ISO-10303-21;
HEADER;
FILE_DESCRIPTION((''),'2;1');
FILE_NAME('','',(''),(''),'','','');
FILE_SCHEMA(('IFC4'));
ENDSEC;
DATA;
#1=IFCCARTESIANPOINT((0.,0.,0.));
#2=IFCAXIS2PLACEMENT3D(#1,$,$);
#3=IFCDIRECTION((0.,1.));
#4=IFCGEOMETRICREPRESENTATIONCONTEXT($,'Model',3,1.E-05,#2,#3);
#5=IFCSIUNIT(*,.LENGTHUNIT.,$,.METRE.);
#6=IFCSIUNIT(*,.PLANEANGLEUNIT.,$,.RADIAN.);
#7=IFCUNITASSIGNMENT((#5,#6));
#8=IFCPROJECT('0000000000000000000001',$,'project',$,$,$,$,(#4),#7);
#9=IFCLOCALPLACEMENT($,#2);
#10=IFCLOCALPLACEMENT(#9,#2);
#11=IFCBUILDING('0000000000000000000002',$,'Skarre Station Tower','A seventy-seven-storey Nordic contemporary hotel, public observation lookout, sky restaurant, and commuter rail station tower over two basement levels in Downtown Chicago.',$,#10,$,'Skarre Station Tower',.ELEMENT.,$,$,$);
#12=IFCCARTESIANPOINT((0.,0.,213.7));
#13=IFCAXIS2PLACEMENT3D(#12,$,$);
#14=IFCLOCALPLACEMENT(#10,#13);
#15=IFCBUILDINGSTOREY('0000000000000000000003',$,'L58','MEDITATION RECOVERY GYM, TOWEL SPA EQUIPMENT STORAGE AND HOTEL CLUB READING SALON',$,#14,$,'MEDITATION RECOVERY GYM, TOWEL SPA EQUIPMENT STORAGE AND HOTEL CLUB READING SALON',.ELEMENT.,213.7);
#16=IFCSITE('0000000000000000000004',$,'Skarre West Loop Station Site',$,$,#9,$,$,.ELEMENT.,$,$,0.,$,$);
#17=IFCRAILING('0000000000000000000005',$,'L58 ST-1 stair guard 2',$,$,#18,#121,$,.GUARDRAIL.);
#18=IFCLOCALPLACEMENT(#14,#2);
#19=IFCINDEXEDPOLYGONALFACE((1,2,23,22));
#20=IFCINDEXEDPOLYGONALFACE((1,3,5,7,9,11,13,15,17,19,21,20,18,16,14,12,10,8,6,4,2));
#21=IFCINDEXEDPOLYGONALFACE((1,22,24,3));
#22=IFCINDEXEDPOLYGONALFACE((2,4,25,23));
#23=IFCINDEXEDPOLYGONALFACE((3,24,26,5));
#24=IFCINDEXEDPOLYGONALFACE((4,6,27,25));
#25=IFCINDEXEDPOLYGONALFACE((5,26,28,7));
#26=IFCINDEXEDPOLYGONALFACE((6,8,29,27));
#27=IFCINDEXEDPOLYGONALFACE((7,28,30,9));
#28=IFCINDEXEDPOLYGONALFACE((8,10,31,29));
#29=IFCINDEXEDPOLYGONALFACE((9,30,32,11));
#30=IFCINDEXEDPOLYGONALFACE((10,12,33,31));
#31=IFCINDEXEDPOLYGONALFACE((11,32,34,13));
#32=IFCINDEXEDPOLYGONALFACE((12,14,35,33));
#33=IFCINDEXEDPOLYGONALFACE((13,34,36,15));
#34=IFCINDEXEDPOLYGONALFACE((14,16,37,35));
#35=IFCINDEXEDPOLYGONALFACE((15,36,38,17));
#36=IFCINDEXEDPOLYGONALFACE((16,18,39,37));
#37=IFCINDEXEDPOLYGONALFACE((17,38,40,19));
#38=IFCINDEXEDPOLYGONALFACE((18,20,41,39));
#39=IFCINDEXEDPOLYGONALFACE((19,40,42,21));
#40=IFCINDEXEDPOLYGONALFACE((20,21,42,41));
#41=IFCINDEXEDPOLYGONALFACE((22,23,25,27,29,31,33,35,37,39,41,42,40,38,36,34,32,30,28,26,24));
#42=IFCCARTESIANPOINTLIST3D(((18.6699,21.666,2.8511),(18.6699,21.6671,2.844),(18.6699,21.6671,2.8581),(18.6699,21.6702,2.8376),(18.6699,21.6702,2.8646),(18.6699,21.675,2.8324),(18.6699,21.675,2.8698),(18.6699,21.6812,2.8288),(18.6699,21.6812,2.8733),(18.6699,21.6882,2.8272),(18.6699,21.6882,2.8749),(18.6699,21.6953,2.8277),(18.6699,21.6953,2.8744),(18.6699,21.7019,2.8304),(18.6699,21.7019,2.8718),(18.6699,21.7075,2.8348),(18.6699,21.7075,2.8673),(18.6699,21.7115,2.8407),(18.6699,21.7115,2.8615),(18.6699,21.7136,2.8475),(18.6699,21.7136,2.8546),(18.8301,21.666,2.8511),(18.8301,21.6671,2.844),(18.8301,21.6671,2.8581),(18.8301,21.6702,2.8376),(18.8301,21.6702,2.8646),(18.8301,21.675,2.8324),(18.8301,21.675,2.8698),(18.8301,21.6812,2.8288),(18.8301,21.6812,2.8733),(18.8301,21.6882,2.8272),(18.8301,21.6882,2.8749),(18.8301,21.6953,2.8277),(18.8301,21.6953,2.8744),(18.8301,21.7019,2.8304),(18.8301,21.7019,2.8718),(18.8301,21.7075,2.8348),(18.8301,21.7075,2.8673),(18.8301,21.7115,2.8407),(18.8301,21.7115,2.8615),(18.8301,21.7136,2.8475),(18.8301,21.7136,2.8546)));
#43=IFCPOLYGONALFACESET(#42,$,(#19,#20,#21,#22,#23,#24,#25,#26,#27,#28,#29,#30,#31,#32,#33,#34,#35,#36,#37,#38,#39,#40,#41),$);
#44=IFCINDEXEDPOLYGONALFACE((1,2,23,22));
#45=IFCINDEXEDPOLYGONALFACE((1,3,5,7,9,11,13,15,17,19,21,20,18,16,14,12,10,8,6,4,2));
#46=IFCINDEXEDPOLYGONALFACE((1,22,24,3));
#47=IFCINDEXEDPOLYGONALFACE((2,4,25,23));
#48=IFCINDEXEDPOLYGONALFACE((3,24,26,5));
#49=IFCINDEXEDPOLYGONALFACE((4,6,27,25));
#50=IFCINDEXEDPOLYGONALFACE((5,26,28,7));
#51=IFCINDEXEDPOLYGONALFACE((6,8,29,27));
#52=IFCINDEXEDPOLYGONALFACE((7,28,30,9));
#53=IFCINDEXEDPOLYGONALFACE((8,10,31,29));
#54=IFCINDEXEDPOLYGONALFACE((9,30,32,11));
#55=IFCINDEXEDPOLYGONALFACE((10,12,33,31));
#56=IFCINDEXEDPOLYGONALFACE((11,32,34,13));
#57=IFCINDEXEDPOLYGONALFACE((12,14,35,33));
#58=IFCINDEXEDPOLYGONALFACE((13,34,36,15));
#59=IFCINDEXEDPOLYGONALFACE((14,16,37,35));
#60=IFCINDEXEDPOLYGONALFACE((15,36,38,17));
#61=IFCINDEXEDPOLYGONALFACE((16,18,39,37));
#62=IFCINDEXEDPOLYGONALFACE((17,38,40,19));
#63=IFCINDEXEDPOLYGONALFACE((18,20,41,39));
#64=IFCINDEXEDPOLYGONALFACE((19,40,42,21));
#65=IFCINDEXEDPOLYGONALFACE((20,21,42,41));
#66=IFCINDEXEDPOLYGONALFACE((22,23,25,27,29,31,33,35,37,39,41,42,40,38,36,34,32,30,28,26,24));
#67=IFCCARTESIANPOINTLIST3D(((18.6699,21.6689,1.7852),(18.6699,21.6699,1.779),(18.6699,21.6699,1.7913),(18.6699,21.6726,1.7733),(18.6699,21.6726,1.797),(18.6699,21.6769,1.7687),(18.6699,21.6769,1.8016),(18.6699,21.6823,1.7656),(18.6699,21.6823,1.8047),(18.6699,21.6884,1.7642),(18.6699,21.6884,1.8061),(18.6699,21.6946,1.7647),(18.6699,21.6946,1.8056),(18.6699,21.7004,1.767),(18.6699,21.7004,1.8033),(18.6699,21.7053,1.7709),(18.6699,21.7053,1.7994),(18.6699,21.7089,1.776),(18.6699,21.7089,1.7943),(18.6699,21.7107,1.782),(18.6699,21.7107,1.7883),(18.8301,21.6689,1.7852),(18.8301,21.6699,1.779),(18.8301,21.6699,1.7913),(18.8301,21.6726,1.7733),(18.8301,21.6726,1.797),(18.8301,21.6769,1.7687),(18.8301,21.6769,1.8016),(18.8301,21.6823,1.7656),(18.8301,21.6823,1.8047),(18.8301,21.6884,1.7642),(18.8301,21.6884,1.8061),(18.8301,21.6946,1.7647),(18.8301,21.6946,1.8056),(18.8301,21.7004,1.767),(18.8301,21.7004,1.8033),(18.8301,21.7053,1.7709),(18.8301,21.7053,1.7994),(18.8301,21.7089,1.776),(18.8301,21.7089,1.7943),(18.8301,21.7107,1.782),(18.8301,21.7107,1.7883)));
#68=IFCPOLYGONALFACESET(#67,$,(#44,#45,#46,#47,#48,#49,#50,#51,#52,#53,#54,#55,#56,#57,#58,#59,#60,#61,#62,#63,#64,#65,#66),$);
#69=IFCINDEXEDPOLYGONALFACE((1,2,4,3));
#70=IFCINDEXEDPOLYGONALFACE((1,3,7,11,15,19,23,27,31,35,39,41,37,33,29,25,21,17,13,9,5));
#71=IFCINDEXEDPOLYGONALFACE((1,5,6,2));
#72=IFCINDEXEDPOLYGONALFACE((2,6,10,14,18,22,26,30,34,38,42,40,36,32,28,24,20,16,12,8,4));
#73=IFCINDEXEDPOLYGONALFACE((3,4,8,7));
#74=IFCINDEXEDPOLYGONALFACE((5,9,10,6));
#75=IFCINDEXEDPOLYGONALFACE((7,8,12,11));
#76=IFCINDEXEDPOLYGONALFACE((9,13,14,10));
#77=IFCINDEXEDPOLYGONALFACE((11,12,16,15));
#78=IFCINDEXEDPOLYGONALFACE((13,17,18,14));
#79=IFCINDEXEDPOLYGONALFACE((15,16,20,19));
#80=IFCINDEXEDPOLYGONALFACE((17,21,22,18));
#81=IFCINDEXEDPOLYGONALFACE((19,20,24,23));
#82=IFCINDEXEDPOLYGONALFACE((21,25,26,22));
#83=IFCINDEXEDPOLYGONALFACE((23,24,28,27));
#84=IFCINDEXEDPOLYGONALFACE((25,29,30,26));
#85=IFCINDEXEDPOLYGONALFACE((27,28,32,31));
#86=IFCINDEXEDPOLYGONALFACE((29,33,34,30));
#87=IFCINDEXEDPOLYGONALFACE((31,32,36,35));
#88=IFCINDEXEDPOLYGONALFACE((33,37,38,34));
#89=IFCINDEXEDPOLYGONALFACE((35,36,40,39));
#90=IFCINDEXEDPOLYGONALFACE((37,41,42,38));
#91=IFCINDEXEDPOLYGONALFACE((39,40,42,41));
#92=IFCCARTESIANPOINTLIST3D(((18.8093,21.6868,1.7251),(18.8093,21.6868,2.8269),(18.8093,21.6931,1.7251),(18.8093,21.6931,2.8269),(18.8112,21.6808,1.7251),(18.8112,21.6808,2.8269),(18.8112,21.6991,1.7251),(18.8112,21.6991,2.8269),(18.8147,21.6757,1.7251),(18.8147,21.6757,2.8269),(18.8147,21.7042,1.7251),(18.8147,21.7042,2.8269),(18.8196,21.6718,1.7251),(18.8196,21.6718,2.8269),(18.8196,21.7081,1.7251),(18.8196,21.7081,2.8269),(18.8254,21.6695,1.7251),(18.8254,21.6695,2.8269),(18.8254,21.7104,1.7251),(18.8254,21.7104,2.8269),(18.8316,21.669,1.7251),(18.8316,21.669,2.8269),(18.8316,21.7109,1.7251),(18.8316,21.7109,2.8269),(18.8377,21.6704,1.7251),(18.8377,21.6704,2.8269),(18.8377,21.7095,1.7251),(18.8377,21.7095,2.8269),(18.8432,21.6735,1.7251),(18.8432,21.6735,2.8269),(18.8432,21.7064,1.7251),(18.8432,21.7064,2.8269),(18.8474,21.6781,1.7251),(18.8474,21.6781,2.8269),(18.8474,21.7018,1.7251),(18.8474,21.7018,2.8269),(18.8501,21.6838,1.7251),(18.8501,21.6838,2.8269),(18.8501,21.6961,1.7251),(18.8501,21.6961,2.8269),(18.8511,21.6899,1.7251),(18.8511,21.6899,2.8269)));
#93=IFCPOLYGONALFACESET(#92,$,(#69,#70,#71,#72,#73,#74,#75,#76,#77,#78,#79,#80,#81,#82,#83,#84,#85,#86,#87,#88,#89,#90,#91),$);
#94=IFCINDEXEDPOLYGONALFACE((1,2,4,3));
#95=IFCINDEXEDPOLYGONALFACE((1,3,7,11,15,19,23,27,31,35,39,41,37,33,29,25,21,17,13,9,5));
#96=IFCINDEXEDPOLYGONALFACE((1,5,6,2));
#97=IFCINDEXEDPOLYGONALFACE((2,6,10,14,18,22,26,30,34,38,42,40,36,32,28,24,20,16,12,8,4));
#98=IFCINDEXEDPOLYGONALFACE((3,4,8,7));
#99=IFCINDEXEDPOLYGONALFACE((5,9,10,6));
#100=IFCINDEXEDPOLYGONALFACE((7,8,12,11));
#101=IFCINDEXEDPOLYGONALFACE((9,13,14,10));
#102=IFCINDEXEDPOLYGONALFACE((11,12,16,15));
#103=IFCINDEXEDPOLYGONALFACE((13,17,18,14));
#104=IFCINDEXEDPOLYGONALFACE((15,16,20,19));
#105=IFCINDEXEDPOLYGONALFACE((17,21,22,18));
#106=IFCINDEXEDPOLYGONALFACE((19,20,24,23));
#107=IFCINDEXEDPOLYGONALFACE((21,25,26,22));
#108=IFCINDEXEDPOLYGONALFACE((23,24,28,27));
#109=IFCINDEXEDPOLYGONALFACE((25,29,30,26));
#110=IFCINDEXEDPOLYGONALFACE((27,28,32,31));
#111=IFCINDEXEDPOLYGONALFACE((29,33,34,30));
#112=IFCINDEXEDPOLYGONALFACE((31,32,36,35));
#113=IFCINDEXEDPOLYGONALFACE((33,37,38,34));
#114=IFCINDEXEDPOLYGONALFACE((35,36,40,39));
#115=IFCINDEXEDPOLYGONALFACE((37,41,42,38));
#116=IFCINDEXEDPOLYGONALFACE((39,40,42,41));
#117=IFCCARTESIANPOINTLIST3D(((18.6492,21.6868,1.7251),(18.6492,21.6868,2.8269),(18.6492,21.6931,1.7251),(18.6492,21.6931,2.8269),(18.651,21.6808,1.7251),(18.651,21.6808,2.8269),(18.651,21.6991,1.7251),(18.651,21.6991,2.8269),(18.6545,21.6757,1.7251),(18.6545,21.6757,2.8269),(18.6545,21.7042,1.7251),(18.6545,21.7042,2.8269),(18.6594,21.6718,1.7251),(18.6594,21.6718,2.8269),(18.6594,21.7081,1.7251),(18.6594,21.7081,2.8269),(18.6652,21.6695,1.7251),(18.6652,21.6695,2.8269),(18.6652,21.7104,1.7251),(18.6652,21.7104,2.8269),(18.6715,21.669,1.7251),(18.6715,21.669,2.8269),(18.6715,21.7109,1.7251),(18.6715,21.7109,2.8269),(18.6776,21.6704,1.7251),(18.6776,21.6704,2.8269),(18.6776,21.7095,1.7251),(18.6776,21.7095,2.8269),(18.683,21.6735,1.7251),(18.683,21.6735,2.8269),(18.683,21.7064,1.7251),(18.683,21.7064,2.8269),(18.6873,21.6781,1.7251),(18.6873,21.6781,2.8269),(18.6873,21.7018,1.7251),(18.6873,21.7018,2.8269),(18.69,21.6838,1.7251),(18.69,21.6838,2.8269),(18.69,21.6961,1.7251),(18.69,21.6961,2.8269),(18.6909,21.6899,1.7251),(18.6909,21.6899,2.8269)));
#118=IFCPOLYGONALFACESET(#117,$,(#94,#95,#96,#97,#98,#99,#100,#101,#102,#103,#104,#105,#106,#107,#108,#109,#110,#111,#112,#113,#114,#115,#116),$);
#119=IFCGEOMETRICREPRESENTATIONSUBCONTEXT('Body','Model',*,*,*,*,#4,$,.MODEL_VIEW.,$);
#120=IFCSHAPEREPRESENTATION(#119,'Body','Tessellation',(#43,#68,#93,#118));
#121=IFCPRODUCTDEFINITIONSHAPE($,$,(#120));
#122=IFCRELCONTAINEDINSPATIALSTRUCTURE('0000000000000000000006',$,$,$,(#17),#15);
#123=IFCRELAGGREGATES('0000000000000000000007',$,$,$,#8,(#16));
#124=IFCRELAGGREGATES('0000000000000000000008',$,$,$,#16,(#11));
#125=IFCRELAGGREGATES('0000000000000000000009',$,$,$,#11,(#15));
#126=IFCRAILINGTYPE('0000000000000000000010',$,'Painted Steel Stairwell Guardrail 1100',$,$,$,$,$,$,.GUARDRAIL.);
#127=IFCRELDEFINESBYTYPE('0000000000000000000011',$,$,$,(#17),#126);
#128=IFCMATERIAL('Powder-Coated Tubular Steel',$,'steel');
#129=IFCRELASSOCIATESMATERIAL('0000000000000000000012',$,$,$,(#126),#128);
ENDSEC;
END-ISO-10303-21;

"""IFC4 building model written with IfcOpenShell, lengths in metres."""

from ifc_helpers import new_model, si_unit, direction, frame, origin, origin_2d, place, context, subcontext, project, spatial, circle, extrude, material, type_object, element, save


model = new_model("IFC4")

# Units and contexts
model_context = context("Model", 3, precision=1e-05, world=origin(), true_north=direction((0.0, 1.0)))
body_context = subcontext(model_context, "Body", "Model", "MODEL_VIEW")
ifc_project = project(units=[si_unit("LENGTHUNIT", "METRE"), si_unit("PLANEANGLEUNIT", "RADIAN")], contexts=[model_context])

# Site, building, storey
site_placement = place(None, origin())
site = spatial("IfcSite", under=ifc_project, at=site_placement, Name="Skarre West Loop Station Site", CompositionType="ELEMENT", RefElevation=0.0)
building_placement = place(site_placement, origin())
building = spatial("IfcBuilding", under=site, at=building_placement, Name="Skarre Station Tower", Description="A seventy-seven-storey Nordic contemporary hotel, public observation lookout, sky restaurant, and commuter rail station tower over two basement levels in Downtown Chicago.", LongName="Skarre Station Tower", CompositionType="ELEMENT")
storey_placement = place(building_placement, frame((0.0, 0.0, 213.7)))
storey = spatial("IfcBuildingStorey", under=building, at=storey_placement, Name="L58", Description="MEDITATION RECOVERY GYM, TOWEL SPA EQUIPMENT STORAGE AND HOTEL CLUB READING SALON", LongName="MEDITATION RECOVERY GYM, TOWEL SPA EQUIPMENT STORAGE AND HOTEL CLUB READING SALON", CompositionType="ELEMENT", Elevation=213.7)

# Railing
ifc_material_1 = material(Name="Powder-Coated Tubular Steel", Category="steel")
railing_type_1 = type_object("IfcRailingType", Name="Painted Steel Stairwell Guardrail 1100", PredefinedType="GUARDRAIL", material=ifc_material_1)
railing_1_placement = place(storey_placement, frame((18.8301, 21.6899, 1.7251)))
element("IfcRailing", 1, at=railing_1_placement, inside=storey, type_object=railing_type_1, Name="L58 ST-1 stair guard 2", PredefinedType="GUARDRAIL", context=body_context, shape_type="SweptSolid", body=[
    extrude(circle(Radius=0.0239, at=origin_2d()), frame((0.0, 0.0, 1.126), z_axis=(-1.0, 0.0, 0.0), x_axis=(0.0, -1.0, 0.0)), (0.0, 0.0, 1.0), 0.1602),
    extrude(circle(Radius=0.021, at=origin_2d()), frame((0.0, 0.0, 0.0601), z_axis=(-1.0, 0.0, 0.0), x_axis=(0.0, -1.0, 0.0)), (0.0, 0.0, 1.0), 0.1602),
    extrude(circle(Radius=0.021, at=origin_2d()), origin(), (0.0, 0.0, 1.0), 1.1018),
    extrude(circle(Radius=0.021, at=origin_2d()), frame((-0.1602, 0.0, 0.0)), (0.0, 0.0, 1.0), 1.1018),
])

save(model, "model.ifc")
